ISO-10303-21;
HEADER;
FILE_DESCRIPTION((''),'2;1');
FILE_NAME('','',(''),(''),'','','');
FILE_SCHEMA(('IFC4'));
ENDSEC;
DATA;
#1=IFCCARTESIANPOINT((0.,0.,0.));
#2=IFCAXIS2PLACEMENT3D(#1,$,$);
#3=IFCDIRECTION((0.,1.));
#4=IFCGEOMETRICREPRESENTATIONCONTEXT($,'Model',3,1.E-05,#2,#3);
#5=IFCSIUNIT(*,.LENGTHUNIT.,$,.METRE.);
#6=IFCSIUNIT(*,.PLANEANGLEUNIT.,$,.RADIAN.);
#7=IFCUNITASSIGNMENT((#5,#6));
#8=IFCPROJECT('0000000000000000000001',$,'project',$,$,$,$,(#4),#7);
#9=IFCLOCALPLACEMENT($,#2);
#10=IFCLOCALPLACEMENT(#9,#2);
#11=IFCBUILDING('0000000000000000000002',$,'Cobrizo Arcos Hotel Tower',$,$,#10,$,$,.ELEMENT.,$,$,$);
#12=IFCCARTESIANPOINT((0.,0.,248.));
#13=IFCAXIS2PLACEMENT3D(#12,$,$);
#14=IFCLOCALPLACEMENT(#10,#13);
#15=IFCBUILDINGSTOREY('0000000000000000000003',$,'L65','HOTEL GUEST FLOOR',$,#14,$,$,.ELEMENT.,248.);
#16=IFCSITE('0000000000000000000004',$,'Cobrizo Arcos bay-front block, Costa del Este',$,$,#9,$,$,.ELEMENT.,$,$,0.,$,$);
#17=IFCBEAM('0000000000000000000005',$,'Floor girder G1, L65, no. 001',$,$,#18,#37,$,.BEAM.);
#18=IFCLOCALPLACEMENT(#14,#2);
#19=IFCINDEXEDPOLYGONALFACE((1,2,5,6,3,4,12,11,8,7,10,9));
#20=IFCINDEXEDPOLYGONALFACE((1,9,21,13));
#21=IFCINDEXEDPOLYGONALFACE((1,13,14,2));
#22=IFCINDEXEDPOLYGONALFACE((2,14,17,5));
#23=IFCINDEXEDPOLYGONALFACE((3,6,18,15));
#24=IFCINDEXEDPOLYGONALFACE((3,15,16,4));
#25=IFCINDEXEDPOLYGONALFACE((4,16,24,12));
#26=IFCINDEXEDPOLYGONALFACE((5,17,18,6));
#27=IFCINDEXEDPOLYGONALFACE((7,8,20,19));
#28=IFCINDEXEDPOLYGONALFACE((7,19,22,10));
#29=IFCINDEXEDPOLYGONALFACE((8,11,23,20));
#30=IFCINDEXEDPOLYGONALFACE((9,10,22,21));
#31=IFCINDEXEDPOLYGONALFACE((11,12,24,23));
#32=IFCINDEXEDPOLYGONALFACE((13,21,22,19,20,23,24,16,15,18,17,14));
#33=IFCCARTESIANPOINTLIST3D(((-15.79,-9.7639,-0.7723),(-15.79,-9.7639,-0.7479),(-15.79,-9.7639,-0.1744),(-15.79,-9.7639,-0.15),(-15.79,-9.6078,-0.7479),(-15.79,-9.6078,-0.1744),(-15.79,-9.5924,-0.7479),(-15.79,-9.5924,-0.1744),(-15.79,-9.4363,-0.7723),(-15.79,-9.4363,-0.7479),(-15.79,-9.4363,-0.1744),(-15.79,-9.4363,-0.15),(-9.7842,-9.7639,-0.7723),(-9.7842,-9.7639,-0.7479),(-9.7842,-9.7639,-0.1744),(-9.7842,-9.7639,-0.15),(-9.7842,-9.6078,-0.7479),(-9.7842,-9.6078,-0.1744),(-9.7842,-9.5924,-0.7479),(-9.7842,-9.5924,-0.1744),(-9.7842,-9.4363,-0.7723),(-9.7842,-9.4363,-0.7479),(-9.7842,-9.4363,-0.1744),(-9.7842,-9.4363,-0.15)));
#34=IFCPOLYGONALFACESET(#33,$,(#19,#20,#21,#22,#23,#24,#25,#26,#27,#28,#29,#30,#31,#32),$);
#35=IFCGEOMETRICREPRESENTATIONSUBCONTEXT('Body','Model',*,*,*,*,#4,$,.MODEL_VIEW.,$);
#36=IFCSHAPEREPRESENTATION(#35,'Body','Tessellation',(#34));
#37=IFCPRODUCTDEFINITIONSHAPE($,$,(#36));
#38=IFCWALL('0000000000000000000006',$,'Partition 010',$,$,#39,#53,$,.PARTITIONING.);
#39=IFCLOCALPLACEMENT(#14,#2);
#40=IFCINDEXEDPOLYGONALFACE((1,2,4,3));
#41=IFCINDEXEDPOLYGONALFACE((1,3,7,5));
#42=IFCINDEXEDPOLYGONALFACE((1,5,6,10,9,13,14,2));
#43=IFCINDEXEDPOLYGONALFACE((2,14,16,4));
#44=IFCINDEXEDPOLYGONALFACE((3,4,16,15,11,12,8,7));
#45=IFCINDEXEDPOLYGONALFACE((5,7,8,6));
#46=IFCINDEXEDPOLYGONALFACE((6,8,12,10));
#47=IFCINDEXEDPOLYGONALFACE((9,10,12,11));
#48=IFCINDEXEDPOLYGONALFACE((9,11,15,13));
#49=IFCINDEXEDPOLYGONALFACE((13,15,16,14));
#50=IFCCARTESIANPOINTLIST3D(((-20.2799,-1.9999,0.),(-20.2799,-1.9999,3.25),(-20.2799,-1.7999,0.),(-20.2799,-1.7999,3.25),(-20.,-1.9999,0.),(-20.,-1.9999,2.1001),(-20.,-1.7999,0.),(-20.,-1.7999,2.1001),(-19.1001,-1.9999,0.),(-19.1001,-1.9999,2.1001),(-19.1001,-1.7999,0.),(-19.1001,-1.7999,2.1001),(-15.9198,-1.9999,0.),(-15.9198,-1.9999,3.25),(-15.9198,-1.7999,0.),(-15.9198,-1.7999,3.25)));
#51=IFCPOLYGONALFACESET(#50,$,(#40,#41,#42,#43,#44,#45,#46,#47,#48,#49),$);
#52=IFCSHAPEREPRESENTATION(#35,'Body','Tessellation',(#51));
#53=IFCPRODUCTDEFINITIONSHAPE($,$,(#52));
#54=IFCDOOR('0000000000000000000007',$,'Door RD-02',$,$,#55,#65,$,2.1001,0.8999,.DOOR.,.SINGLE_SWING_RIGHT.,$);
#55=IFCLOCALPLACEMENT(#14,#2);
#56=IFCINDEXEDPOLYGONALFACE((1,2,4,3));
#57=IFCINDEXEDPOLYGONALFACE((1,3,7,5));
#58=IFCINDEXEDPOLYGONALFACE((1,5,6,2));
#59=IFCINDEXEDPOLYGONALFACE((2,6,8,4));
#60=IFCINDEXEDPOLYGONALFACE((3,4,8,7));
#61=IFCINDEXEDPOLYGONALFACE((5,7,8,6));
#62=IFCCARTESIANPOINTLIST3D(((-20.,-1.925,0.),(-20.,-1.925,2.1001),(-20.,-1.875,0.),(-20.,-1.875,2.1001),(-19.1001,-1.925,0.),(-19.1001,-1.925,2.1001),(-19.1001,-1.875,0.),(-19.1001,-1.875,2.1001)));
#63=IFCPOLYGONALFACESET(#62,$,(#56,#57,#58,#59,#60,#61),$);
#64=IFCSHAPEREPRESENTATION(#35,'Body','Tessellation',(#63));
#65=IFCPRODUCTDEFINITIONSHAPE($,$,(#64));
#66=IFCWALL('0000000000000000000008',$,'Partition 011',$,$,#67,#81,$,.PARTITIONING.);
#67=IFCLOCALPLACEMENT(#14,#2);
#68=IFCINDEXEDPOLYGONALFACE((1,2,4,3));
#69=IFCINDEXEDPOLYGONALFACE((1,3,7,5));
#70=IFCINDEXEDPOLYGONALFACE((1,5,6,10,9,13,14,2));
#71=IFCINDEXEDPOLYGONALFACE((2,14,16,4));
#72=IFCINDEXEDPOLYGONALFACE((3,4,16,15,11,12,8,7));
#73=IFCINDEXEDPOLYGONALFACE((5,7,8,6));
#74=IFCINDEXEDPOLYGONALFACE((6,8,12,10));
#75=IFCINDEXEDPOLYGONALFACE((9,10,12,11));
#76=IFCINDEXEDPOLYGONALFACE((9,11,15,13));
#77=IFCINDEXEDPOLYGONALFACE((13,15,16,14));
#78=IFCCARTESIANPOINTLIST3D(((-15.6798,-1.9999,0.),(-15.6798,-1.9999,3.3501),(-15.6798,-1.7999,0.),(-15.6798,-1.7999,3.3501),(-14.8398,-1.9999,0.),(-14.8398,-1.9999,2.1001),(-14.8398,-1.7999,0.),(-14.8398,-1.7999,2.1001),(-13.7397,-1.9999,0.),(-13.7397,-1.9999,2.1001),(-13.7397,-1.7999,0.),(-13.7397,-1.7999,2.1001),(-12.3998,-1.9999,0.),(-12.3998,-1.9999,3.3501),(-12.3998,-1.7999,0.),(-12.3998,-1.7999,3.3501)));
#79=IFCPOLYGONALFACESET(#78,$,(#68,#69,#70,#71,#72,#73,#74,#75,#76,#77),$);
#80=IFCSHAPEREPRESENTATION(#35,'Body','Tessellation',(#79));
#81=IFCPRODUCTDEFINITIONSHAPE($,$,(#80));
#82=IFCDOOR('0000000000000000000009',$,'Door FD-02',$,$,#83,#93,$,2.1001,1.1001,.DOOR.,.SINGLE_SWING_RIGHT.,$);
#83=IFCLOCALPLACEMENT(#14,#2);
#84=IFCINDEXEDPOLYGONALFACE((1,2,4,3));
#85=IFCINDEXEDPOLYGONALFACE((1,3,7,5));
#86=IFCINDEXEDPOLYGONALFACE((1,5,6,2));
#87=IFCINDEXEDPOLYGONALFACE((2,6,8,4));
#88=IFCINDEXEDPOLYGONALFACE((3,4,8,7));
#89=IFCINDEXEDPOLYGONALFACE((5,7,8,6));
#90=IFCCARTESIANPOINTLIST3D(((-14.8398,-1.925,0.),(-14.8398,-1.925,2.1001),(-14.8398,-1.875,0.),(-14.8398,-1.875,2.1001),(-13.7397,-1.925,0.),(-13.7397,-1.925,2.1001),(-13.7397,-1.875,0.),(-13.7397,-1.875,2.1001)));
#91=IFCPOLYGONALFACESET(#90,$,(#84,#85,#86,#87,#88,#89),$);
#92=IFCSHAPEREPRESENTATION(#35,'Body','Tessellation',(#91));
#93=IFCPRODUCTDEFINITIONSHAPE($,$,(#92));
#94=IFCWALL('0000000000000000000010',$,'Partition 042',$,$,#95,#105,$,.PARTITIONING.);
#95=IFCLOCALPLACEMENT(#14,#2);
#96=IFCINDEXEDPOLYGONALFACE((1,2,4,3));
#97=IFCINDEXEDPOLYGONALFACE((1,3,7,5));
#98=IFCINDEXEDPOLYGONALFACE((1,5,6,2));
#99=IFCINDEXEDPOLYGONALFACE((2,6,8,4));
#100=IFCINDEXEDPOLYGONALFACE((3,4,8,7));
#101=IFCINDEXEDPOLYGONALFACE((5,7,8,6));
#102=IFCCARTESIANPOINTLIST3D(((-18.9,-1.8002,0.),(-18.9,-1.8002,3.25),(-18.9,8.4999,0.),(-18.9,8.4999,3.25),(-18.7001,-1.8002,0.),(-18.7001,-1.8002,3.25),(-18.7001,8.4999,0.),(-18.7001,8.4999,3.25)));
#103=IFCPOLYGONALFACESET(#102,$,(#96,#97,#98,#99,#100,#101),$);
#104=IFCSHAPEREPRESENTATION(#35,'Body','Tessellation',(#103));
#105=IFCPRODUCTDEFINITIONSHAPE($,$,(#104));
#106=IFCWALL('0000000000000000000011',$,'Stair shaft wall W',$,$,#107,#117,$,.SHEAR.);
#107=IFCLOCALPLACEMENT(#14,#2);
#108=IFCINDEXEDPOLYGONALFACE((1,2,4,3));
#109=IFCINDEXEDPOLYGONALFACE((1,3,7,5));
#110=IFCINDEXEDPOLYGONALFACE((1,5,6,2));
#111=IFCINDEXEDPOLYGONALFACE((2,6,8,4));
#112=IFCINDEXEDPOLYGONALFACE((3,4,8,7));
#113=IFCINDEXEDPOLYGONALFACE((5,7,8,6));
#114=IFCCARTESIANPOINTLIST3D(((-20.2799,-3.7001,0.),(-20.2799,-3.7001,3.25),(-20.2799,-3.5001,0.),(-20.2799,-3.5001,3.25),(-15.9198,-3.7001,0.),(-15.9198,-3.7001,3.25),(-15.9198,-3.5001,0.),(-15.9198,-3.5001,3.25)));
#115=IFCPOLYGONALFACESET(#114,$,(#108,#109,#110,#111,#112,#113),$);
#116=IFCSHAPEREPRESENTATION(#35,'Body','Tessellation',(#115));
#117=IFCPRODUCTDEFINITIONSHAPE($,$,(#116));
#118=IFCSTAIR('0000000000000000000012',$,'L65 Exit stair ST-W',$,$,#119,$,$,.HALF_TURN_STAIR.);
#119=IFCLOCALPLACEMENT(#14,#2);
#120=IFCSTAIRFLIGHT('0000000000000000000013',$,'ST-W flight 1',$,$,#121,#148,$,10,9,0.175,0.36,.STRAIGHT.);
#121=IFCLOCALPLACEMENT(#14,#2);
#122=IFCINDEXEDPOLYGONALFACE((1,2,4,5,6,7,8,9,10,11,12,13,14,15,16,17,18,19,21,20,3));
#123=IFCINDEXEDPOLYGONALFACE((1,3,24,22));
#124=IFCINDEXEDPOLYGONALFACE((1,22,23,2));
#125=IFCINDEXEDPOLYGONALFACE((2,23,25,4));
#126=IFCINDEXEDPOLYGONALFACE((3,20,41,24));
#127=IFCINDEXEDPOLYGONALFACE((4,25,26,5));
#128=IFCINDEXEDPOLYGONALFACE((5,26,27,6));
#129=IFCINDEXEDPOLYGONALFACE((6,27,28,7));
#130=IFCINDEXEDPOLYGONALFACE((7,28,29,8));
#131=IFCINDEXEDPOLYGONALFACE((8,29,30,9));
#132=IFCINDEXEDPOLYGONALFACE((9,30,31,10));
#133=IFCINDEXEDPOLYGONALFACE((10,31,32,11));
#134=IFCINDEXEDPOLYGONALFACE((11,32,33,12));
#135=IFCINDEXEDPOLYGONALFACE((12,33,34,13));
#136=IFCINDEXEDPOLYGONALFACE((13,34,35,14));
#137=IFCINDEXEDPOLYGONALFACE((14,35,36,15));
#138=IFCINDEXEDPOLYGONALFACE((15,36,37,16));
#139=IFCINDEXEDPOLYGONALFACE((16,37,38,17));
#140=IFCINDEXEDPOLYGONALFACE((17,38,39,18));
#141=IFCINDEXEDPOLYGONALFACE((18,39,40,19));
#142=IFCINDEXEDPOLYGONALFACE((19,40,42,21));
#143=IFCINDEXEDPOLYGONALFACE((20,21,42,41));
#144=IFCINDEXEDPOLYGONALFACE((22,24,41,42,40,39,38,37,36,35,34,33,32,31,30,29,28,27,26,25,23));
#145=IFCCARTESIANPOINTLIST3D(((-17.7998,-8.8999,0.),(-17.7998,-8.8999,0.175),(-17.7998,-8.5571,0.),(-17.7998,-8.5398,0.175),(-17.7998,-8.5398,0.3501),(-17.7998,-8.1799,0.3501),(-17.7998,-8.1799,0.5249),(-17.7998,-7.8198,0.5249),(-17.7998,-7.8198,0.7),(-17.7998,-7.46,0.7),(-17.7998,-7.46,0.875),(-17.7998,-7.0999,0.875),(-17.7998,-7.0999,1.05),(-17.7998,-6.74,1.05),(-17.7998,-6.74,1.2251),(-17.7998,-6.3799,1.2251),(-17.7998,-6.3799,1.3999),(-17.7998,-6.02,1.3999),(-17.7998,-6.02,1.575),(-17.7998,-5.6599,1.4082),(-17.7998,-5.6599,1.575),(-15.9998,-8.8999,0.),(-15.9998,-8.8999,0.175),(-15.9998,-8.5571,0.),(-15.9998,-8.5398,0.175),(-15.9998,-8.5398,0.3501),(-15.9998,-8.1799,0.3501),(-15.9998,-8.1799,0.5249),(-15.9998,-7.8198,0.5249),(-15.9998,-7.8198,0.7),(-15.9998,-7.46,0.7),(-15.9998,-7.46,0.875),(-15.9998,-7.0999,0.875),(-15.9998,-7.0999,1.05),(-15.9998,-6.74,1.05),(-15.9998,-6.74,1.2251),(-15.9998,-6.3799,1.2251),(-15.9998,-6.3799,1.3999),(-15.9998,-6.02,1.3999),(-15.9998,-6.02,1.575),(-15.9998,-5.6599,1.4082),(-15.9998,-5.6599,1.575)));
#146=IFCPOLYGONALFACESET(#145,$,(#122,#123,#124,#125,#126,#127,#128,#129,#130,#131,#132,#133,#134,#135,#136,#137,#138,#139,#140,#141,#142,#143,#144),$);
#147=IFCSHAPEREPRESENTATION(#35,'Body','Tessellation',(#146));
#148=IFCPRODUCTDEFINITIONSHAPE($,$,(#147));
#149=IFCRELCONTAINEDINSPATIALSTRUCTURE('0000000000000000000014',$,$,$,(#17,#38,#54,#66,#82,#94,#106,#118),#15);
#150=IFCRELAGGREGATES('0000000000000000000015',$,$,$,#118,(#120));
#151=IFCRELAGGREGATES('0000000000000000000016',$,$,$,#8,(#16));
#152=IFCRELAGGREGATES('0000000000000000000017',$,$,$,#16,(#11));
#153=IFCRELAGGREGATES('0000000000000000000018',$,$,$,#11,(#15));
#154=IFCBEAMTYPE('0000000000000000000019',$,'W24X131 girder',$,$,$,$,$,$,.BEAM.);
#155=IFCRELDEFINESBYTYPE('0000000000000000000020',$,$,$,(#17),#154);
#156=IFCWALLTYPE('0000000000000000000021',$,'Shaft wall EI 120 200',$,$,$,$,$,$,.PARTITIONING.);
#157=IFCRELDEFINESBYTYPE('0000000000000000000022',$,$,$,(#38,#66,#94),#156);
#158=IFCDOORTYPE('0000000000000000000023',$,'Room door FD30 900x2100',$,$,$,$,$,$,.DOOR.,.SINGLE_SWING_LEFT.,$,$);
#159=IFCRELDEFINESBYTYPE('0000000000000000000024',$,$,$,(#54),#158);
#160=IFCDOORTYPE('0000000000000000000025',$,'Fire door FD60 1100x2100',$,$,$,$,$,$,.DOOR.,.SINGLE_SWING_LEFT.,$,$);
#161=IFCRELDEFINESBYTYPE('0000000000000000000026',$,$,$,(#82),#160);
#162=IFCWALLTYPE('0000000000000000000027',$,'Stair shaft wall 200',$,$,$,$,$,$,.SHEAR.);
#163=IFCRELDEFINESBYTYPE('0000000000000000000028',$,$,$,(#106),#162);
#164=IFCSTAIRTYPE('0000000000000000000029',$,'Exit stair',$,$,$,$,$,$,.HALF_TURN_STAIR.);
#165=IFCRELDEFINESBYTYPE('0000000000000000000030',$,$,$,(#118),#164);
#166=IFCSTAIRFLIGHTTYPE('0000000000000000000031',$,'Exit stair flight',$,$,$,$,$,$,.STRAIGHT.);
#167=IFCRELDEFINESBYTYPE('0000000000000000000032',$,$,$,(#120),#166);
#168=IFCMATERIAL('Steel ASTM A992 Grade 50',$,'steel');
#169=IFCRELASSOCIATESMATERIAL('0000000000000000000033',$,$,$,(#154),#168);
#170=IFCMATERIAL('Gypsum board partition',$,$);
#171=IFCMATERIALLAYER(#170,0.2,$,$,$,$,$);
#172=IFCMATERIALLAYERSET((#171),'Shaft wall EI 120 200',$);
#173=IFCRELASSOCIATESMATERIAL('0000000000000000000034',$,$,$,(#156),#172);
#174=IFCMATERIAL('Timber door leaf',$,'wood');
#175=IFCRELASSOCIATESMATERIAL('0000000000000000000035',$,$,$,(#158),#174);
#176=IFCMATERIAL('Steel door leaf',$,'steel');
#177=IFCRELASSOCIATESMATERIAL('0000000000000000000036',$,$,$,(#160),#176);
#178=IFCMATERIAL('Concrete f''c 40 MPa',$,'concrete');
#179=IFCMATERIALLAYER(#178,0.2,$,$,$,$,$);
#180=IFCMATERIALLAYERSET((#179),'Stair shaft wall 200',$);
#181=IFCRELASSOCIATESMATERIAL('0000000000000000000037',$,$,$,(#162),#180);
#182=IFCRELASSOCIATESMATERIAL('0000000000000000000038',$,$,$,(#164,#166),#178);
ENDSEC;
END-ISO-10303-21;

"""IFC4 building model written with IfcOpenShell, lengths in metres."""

from ifc_helpers import new_model, si_unit, direction, frame, frame_2d, origin, origin_2d, place, context, subcontext, project, spatial, polyline, rectangle, i_section, outline, extrude, material, layer, layer_set, material_profile, profile_set, type_object, element, fill, aggregate, save


model = new_model("IFC4")

# Units and contexts
model_context = context("Model", 3, precision=1e-05, world=origin(), true_north=direction((0.0, 1.0)))
body_context = subcontext(model_context, "Body", "Model", "MODEL_VIEW")
ifc_project = project(units=[si_unit("LENGTHUNIT", "METRE"), si_unit("PLANEANGLEUNIT", "RADIAN")], contexts=[model_context])

# Site, building, storey
site_placement = place(None, origin())
site = spatial("IfcSite", under=ifc_project, at=site_placement, Name="Cobrizo Arcos bay-front block, Costa del Este", CompositionType="ELEMENT", RefElevation=0.0)
building_placement = place(site_placement, origin())
building = spatial("IfcBuilding", under=site, at=building_placement, Name="Cobrizo Arcos Hotel Tower", CompositionType="ELEMENT")
storey_placement = place(building_placement, frame((0.0, 0.0, 248.0)))
storey = spatial("IfcBuildingStorey", under=building, at=storey_placement, Name="L65", Description="HOTEL GUEST FLOOR", CompositionType="ELEMENT", Elevation=248.0)

# Beam
ifc_material_1 = material(Name="Steel ASTM A992 Grade 50", Category="steel")
ifc_material_profile = material_profile(ifc_material_1, i_section(OverallWidth=0.3276, OverallDepth=0.6223, WebThickness=0.0154, FlangeThickness=0.0244, at=origin_2d()), Name="W24X131")
ifc_profile_set = profile_set([ifc_material_profile], Name="Steel ASTM A992 Grade 50")
beam_type = type_object("IfcBeamType", Name="W24X131 girder", PredefinedType="BEAM", material=ifc_profile_set)
beam_placement = place(storey_placement, frame((-15.79, -9.6001, -0.4612), z_axis=(1.0, 0.0, 0.0), x_axis=(0.0, 1.0, 0.0)))
element("IfcBeam", 1, at=beam_placement, inside=storey, type_object=beam_type, Name="Floor girder G1, L65, no. 001", PredefinedType="BEAM", context=body_context, shape_type="SweptSolid", body=[
    extrude(i_section(OverallWidth=0.3276, OverallDepth=0.6223, WebThickness=0.0154, FlangeThickness=0.0244, at=origin_2d()), origin(), (0.0, 0.0, 1.0), 6.0059),
])

# Walls, openings, doors
ifc_material_2 = material(Name="Gypsum board partition")
ifc_layer_1 = layer(ifc_material_2, 0.2)
ifc_layer_set_1 = layer_set([ifc_layer_1], Name="Shaft wall EI 120 200")
wall_type_1 = type_object("IfcWallType", Name="Shaft wall EI 120 200", PredefinedType="PARTITIONING", material=ifc_layer_set_1)
wall_1_placement = place(storey_placement, frame((-20.28, -1.8999, 0.0), z_axis=(0.0, 0.0, 1.0), x_axis=(1.0, 0.0, 0.0)))
wall_1 = element("IfcWall", 2, at=wall_1_placement, inside=storey, type_object=wall_type_1, Name="Partition 010", PredefinedType="PARTITIONING", context=body_context, shape_type="SweptSolid", body=[
    extrude(rectangle(XDim=4.3601, YDim=0.2, at=frame_2d((2.1802, 0.0))), origin(), (0.0, 0.0, 1.0), 3.25),
])
opening_1_placement = place(wall_1_placement, frame((0.28, 0.0, 0.0)))
opening_1 = element("IfcOpeningElement", 3, at=opening_1_placement, cuts=wall_1, PredefinedType="OPENING", context=body_context, shape_type="SweptSolid", body=[
    extrude(rectangle(XDim=0.8999, YDim=2.1001, at=frame_2d((0.45, 1.05))), frame((0.0, 0.1121, 0.0), z_axis=(0.0, -1.0, 0.0), x_axis=(1.0, 0.0, 0.0)), (0.0, 0.0, 1.0), 0.2239),
])
ifc_material_3 = material(Name="Timber door leaf", Category="wood")
door_type_1 = type_object("IfcDoorType", Name="Room door FD30 900x2100", OperationType="SINGLE_SWING_LEFT", PredefinedType="DOOR", material=ifc_material_3)
door_1_placement = place(opening_1_placement, origin())
door_1 = element("IfcDoor", 4, at=door_1_placement, inside=storey, type_object=door_type_1, Name="Door RD-02", OperationType="SINGLE_SWING_RIGHT", OverallHeight=2.1001, OverallWidth=0.8999, PredefinedType="DOOR", context=body_context, shape_type="SweptSolid", body=[
    extrude(rectangle(XDim=0.8999, YDim=2.1001, at=frame_2d((0.45, 1.05))), frame((0.0, 0.0249, 0.0), z_axis=(0.0, -1.0, 0.0), x_axis=(1.0, 0.0, 0.0)), (0.0, 0.0, 1.0), 0.05),
])
fill(opening_1, door_1)
wall_2_placement = place(storey_placement, frame((-15.6799, -1.8999, 0.0), z_axis=(0.0, 0.0, 1.0), x_axis=(1.0, 0.0, 0.0)))
wall_2 = element("IfcWall", 5, at=wall_2_placement, inside=storey, type_object=wall_type_1, Name="Partition 011", PredefinedType="PARTITIONING", context=body_context, shape_type="SweptSolid", body=[
    extrude(rectangle(XDim=3.28, YDim=0.2, at=frame_2d((1.6401, 0.0))), origin(), (0.0, 0.0, 1.0), 3.3501),
])
opening_2_placement = place(wall_2_placement, frame((0.8401, 0.0, 0.0)))
opening_2 = element("IfcOpeningElement", 6, at=opening_2_placement, cuts=wall_2, PredefinedType="OPENING", context=body_context, shape_type="SweptSolid", body=[
    extrude(rectangle(XDim=1.1001, YDim=2.1001, at=frame_2d((0.55, 1.05))), frame((0.0, 0.1121, 0.0), z_axis=(0.0, -1.0, 0.0), x_axis=(1.0, 0.0, 0.0)), (0.0, 0.0, 1.0), 0.2239),
])
ifc_material_4 = material(Name="Steel door leaf", Category="steel")
door_type_2 = type_object("IfcDoorType", Name="Fire door FD60 1100x2100", OperationType="SINGLE_SWING_LEFT", PredefinedType="DOOR", material=ifc_material_4)
door_2_placement = place(opening_2_placement, origin())
door_2 = element("IfcDoor", 7, at=door_2_placement, inside=storey, type_object=door_type_2, Name="Door FD-02", OperationType="SINGLE_SWING_RIGHT", OverallHeight=2.1001, OverallWidth=1.1001, PredefinedType="DOOR", context=body_context, shape_type="SweptSolid", body=[
    extrude(rectangle(XDim=1.1001, YDim=2.1001, at=frame_2d((0.55, 1.05))), frame((0.0, 0.0249, 0.0), z_axis=(0.0, -1.0, 0.0), x_axis=(1.0, 0.0, 0.0)), (0.0, 0.0, 1.0), 0.05),
])
fill(opening_2, door_2)

# Walls
wall_3_placement = place(storey_placement, frame((-18.8, -1.8, 0.0), z_axis=(0.0, 0.0, 1.0), x_axis=(0.0, 1.0, 0.0)))
element("IfcWall", 8, at=wall_3_placement, inside=storey, type_object=wall_type_1, Name="Partition 042", PredefinedType="PARTITIONING", context=body_context, shape_type="SweptSolid", body=[
    extrude(rectangle(XDim=10.3, YDim=0.2, at=frame_2d((5.1499, 0.0))), origin(), (0.0, 0.0, 1.0), 3.25),
])
ifc_material_5 = material(Name="Concrete f'c 40 MPa", Category="concrete")
ifc_layer_2 = layer(ifc_material_5, 0.2)
ifc_layer_set_2 = layer_set([ifc_layer_2], Name="Stair shaft wall 200")
wall_type_2 = type_object("IfcWallType", Name="Stair shaft wall 200", PredefinedType="SHEAR", material=ifc_layer_set_2)
wall_4_placement = place(storey_placement, frame((-20.28, -3.6001, 0.0), z_axis=(0.0, 0.0, 1.0), x_axis=(1.0, 0.0, 0.0)))
element("IfcWall", 9, at=wall_4_placement, inside=storey, type_object=wall_type_2, Name="Stair shaft wall W", PredefinedType="SHEAR", context=body_context, shape_type="SweptSolid", body=[
    extrude(rectangle(XDim=4.3601, YDim=0.2, at=frame_2d((2.1802, 0.0))), origin(), (0.0, 0.0, 1.0), 3.25),
])

# Stair, stair flight
stair_type = type_object("IfcStairType", Name="Exit stair", PredefinedType="HALF_TURN_STAIR", material=ifc_material_5)
stair_placement = place(storey_placement, origin())
stair = element("IfcStair", 10, at=stair_placement, inside=storey, type_object=stair_type, Name="L65 Exit stair ST-W", PredefinedType="HALF_TURN_STAIR")
stair_flight_type = type_object("IfcStairFlightType", Name="Exit stair flight", PredefinedType="STRAIGHT", material=ifc_material_5)
stair_flight_1_placement = place(storey_placement, frame((-16.8999, -8.8999, 0.0), z_axis=(0.0, 0.0, 1.0), x_axis=(0.0, 1.0, 0.0)))
stair_flight_1 = element("IfcStairFlight", 11, at=stair_flight_1_placement, type_object=stair_flight_type, Name="ST-W flight 1", NumberOfRisers=10, NumberOfTreads=9, PredefinedType="STRAIGHT", RiserHeight=0.175, TreadLength=0.36, context=body_context, shape_type="SweptSolid", body=[
    extrude(outline(polyline([(0.0, 0.0), (0.0, 0.175), (0.3601, 0.175), (0.3601, 0.3501), (0.72, 0.3501), (0.72, 0.5249), (1.0801, 0.5249), (1.0801, 0.7), (1.4399, 0.7), (1.4399, 0.875), (1.8, 0.875), (1.8, 1.05), (2.1599, 1.05), (2.1599, 1.2251), (2.52, 1.2251), (2.52, 1.3999), (2.8799, 1.3999), (2.8799, 1.575), (3.24, 1.575), (3.24, 1.75), (3.24, 1.4082), (0.3428, 0.0), (0.0, 0.0)])), frame((0.0, 0.8999, 0.0), z_axis=(0.0, -1.0, 0.0), x_axis=(1.0, 0.0, 0.0)), (0.0, 0.0, 1.0), 1.8),
])
aggregate(stair, [stair_flight_1])

save(model, "model.ifc")
